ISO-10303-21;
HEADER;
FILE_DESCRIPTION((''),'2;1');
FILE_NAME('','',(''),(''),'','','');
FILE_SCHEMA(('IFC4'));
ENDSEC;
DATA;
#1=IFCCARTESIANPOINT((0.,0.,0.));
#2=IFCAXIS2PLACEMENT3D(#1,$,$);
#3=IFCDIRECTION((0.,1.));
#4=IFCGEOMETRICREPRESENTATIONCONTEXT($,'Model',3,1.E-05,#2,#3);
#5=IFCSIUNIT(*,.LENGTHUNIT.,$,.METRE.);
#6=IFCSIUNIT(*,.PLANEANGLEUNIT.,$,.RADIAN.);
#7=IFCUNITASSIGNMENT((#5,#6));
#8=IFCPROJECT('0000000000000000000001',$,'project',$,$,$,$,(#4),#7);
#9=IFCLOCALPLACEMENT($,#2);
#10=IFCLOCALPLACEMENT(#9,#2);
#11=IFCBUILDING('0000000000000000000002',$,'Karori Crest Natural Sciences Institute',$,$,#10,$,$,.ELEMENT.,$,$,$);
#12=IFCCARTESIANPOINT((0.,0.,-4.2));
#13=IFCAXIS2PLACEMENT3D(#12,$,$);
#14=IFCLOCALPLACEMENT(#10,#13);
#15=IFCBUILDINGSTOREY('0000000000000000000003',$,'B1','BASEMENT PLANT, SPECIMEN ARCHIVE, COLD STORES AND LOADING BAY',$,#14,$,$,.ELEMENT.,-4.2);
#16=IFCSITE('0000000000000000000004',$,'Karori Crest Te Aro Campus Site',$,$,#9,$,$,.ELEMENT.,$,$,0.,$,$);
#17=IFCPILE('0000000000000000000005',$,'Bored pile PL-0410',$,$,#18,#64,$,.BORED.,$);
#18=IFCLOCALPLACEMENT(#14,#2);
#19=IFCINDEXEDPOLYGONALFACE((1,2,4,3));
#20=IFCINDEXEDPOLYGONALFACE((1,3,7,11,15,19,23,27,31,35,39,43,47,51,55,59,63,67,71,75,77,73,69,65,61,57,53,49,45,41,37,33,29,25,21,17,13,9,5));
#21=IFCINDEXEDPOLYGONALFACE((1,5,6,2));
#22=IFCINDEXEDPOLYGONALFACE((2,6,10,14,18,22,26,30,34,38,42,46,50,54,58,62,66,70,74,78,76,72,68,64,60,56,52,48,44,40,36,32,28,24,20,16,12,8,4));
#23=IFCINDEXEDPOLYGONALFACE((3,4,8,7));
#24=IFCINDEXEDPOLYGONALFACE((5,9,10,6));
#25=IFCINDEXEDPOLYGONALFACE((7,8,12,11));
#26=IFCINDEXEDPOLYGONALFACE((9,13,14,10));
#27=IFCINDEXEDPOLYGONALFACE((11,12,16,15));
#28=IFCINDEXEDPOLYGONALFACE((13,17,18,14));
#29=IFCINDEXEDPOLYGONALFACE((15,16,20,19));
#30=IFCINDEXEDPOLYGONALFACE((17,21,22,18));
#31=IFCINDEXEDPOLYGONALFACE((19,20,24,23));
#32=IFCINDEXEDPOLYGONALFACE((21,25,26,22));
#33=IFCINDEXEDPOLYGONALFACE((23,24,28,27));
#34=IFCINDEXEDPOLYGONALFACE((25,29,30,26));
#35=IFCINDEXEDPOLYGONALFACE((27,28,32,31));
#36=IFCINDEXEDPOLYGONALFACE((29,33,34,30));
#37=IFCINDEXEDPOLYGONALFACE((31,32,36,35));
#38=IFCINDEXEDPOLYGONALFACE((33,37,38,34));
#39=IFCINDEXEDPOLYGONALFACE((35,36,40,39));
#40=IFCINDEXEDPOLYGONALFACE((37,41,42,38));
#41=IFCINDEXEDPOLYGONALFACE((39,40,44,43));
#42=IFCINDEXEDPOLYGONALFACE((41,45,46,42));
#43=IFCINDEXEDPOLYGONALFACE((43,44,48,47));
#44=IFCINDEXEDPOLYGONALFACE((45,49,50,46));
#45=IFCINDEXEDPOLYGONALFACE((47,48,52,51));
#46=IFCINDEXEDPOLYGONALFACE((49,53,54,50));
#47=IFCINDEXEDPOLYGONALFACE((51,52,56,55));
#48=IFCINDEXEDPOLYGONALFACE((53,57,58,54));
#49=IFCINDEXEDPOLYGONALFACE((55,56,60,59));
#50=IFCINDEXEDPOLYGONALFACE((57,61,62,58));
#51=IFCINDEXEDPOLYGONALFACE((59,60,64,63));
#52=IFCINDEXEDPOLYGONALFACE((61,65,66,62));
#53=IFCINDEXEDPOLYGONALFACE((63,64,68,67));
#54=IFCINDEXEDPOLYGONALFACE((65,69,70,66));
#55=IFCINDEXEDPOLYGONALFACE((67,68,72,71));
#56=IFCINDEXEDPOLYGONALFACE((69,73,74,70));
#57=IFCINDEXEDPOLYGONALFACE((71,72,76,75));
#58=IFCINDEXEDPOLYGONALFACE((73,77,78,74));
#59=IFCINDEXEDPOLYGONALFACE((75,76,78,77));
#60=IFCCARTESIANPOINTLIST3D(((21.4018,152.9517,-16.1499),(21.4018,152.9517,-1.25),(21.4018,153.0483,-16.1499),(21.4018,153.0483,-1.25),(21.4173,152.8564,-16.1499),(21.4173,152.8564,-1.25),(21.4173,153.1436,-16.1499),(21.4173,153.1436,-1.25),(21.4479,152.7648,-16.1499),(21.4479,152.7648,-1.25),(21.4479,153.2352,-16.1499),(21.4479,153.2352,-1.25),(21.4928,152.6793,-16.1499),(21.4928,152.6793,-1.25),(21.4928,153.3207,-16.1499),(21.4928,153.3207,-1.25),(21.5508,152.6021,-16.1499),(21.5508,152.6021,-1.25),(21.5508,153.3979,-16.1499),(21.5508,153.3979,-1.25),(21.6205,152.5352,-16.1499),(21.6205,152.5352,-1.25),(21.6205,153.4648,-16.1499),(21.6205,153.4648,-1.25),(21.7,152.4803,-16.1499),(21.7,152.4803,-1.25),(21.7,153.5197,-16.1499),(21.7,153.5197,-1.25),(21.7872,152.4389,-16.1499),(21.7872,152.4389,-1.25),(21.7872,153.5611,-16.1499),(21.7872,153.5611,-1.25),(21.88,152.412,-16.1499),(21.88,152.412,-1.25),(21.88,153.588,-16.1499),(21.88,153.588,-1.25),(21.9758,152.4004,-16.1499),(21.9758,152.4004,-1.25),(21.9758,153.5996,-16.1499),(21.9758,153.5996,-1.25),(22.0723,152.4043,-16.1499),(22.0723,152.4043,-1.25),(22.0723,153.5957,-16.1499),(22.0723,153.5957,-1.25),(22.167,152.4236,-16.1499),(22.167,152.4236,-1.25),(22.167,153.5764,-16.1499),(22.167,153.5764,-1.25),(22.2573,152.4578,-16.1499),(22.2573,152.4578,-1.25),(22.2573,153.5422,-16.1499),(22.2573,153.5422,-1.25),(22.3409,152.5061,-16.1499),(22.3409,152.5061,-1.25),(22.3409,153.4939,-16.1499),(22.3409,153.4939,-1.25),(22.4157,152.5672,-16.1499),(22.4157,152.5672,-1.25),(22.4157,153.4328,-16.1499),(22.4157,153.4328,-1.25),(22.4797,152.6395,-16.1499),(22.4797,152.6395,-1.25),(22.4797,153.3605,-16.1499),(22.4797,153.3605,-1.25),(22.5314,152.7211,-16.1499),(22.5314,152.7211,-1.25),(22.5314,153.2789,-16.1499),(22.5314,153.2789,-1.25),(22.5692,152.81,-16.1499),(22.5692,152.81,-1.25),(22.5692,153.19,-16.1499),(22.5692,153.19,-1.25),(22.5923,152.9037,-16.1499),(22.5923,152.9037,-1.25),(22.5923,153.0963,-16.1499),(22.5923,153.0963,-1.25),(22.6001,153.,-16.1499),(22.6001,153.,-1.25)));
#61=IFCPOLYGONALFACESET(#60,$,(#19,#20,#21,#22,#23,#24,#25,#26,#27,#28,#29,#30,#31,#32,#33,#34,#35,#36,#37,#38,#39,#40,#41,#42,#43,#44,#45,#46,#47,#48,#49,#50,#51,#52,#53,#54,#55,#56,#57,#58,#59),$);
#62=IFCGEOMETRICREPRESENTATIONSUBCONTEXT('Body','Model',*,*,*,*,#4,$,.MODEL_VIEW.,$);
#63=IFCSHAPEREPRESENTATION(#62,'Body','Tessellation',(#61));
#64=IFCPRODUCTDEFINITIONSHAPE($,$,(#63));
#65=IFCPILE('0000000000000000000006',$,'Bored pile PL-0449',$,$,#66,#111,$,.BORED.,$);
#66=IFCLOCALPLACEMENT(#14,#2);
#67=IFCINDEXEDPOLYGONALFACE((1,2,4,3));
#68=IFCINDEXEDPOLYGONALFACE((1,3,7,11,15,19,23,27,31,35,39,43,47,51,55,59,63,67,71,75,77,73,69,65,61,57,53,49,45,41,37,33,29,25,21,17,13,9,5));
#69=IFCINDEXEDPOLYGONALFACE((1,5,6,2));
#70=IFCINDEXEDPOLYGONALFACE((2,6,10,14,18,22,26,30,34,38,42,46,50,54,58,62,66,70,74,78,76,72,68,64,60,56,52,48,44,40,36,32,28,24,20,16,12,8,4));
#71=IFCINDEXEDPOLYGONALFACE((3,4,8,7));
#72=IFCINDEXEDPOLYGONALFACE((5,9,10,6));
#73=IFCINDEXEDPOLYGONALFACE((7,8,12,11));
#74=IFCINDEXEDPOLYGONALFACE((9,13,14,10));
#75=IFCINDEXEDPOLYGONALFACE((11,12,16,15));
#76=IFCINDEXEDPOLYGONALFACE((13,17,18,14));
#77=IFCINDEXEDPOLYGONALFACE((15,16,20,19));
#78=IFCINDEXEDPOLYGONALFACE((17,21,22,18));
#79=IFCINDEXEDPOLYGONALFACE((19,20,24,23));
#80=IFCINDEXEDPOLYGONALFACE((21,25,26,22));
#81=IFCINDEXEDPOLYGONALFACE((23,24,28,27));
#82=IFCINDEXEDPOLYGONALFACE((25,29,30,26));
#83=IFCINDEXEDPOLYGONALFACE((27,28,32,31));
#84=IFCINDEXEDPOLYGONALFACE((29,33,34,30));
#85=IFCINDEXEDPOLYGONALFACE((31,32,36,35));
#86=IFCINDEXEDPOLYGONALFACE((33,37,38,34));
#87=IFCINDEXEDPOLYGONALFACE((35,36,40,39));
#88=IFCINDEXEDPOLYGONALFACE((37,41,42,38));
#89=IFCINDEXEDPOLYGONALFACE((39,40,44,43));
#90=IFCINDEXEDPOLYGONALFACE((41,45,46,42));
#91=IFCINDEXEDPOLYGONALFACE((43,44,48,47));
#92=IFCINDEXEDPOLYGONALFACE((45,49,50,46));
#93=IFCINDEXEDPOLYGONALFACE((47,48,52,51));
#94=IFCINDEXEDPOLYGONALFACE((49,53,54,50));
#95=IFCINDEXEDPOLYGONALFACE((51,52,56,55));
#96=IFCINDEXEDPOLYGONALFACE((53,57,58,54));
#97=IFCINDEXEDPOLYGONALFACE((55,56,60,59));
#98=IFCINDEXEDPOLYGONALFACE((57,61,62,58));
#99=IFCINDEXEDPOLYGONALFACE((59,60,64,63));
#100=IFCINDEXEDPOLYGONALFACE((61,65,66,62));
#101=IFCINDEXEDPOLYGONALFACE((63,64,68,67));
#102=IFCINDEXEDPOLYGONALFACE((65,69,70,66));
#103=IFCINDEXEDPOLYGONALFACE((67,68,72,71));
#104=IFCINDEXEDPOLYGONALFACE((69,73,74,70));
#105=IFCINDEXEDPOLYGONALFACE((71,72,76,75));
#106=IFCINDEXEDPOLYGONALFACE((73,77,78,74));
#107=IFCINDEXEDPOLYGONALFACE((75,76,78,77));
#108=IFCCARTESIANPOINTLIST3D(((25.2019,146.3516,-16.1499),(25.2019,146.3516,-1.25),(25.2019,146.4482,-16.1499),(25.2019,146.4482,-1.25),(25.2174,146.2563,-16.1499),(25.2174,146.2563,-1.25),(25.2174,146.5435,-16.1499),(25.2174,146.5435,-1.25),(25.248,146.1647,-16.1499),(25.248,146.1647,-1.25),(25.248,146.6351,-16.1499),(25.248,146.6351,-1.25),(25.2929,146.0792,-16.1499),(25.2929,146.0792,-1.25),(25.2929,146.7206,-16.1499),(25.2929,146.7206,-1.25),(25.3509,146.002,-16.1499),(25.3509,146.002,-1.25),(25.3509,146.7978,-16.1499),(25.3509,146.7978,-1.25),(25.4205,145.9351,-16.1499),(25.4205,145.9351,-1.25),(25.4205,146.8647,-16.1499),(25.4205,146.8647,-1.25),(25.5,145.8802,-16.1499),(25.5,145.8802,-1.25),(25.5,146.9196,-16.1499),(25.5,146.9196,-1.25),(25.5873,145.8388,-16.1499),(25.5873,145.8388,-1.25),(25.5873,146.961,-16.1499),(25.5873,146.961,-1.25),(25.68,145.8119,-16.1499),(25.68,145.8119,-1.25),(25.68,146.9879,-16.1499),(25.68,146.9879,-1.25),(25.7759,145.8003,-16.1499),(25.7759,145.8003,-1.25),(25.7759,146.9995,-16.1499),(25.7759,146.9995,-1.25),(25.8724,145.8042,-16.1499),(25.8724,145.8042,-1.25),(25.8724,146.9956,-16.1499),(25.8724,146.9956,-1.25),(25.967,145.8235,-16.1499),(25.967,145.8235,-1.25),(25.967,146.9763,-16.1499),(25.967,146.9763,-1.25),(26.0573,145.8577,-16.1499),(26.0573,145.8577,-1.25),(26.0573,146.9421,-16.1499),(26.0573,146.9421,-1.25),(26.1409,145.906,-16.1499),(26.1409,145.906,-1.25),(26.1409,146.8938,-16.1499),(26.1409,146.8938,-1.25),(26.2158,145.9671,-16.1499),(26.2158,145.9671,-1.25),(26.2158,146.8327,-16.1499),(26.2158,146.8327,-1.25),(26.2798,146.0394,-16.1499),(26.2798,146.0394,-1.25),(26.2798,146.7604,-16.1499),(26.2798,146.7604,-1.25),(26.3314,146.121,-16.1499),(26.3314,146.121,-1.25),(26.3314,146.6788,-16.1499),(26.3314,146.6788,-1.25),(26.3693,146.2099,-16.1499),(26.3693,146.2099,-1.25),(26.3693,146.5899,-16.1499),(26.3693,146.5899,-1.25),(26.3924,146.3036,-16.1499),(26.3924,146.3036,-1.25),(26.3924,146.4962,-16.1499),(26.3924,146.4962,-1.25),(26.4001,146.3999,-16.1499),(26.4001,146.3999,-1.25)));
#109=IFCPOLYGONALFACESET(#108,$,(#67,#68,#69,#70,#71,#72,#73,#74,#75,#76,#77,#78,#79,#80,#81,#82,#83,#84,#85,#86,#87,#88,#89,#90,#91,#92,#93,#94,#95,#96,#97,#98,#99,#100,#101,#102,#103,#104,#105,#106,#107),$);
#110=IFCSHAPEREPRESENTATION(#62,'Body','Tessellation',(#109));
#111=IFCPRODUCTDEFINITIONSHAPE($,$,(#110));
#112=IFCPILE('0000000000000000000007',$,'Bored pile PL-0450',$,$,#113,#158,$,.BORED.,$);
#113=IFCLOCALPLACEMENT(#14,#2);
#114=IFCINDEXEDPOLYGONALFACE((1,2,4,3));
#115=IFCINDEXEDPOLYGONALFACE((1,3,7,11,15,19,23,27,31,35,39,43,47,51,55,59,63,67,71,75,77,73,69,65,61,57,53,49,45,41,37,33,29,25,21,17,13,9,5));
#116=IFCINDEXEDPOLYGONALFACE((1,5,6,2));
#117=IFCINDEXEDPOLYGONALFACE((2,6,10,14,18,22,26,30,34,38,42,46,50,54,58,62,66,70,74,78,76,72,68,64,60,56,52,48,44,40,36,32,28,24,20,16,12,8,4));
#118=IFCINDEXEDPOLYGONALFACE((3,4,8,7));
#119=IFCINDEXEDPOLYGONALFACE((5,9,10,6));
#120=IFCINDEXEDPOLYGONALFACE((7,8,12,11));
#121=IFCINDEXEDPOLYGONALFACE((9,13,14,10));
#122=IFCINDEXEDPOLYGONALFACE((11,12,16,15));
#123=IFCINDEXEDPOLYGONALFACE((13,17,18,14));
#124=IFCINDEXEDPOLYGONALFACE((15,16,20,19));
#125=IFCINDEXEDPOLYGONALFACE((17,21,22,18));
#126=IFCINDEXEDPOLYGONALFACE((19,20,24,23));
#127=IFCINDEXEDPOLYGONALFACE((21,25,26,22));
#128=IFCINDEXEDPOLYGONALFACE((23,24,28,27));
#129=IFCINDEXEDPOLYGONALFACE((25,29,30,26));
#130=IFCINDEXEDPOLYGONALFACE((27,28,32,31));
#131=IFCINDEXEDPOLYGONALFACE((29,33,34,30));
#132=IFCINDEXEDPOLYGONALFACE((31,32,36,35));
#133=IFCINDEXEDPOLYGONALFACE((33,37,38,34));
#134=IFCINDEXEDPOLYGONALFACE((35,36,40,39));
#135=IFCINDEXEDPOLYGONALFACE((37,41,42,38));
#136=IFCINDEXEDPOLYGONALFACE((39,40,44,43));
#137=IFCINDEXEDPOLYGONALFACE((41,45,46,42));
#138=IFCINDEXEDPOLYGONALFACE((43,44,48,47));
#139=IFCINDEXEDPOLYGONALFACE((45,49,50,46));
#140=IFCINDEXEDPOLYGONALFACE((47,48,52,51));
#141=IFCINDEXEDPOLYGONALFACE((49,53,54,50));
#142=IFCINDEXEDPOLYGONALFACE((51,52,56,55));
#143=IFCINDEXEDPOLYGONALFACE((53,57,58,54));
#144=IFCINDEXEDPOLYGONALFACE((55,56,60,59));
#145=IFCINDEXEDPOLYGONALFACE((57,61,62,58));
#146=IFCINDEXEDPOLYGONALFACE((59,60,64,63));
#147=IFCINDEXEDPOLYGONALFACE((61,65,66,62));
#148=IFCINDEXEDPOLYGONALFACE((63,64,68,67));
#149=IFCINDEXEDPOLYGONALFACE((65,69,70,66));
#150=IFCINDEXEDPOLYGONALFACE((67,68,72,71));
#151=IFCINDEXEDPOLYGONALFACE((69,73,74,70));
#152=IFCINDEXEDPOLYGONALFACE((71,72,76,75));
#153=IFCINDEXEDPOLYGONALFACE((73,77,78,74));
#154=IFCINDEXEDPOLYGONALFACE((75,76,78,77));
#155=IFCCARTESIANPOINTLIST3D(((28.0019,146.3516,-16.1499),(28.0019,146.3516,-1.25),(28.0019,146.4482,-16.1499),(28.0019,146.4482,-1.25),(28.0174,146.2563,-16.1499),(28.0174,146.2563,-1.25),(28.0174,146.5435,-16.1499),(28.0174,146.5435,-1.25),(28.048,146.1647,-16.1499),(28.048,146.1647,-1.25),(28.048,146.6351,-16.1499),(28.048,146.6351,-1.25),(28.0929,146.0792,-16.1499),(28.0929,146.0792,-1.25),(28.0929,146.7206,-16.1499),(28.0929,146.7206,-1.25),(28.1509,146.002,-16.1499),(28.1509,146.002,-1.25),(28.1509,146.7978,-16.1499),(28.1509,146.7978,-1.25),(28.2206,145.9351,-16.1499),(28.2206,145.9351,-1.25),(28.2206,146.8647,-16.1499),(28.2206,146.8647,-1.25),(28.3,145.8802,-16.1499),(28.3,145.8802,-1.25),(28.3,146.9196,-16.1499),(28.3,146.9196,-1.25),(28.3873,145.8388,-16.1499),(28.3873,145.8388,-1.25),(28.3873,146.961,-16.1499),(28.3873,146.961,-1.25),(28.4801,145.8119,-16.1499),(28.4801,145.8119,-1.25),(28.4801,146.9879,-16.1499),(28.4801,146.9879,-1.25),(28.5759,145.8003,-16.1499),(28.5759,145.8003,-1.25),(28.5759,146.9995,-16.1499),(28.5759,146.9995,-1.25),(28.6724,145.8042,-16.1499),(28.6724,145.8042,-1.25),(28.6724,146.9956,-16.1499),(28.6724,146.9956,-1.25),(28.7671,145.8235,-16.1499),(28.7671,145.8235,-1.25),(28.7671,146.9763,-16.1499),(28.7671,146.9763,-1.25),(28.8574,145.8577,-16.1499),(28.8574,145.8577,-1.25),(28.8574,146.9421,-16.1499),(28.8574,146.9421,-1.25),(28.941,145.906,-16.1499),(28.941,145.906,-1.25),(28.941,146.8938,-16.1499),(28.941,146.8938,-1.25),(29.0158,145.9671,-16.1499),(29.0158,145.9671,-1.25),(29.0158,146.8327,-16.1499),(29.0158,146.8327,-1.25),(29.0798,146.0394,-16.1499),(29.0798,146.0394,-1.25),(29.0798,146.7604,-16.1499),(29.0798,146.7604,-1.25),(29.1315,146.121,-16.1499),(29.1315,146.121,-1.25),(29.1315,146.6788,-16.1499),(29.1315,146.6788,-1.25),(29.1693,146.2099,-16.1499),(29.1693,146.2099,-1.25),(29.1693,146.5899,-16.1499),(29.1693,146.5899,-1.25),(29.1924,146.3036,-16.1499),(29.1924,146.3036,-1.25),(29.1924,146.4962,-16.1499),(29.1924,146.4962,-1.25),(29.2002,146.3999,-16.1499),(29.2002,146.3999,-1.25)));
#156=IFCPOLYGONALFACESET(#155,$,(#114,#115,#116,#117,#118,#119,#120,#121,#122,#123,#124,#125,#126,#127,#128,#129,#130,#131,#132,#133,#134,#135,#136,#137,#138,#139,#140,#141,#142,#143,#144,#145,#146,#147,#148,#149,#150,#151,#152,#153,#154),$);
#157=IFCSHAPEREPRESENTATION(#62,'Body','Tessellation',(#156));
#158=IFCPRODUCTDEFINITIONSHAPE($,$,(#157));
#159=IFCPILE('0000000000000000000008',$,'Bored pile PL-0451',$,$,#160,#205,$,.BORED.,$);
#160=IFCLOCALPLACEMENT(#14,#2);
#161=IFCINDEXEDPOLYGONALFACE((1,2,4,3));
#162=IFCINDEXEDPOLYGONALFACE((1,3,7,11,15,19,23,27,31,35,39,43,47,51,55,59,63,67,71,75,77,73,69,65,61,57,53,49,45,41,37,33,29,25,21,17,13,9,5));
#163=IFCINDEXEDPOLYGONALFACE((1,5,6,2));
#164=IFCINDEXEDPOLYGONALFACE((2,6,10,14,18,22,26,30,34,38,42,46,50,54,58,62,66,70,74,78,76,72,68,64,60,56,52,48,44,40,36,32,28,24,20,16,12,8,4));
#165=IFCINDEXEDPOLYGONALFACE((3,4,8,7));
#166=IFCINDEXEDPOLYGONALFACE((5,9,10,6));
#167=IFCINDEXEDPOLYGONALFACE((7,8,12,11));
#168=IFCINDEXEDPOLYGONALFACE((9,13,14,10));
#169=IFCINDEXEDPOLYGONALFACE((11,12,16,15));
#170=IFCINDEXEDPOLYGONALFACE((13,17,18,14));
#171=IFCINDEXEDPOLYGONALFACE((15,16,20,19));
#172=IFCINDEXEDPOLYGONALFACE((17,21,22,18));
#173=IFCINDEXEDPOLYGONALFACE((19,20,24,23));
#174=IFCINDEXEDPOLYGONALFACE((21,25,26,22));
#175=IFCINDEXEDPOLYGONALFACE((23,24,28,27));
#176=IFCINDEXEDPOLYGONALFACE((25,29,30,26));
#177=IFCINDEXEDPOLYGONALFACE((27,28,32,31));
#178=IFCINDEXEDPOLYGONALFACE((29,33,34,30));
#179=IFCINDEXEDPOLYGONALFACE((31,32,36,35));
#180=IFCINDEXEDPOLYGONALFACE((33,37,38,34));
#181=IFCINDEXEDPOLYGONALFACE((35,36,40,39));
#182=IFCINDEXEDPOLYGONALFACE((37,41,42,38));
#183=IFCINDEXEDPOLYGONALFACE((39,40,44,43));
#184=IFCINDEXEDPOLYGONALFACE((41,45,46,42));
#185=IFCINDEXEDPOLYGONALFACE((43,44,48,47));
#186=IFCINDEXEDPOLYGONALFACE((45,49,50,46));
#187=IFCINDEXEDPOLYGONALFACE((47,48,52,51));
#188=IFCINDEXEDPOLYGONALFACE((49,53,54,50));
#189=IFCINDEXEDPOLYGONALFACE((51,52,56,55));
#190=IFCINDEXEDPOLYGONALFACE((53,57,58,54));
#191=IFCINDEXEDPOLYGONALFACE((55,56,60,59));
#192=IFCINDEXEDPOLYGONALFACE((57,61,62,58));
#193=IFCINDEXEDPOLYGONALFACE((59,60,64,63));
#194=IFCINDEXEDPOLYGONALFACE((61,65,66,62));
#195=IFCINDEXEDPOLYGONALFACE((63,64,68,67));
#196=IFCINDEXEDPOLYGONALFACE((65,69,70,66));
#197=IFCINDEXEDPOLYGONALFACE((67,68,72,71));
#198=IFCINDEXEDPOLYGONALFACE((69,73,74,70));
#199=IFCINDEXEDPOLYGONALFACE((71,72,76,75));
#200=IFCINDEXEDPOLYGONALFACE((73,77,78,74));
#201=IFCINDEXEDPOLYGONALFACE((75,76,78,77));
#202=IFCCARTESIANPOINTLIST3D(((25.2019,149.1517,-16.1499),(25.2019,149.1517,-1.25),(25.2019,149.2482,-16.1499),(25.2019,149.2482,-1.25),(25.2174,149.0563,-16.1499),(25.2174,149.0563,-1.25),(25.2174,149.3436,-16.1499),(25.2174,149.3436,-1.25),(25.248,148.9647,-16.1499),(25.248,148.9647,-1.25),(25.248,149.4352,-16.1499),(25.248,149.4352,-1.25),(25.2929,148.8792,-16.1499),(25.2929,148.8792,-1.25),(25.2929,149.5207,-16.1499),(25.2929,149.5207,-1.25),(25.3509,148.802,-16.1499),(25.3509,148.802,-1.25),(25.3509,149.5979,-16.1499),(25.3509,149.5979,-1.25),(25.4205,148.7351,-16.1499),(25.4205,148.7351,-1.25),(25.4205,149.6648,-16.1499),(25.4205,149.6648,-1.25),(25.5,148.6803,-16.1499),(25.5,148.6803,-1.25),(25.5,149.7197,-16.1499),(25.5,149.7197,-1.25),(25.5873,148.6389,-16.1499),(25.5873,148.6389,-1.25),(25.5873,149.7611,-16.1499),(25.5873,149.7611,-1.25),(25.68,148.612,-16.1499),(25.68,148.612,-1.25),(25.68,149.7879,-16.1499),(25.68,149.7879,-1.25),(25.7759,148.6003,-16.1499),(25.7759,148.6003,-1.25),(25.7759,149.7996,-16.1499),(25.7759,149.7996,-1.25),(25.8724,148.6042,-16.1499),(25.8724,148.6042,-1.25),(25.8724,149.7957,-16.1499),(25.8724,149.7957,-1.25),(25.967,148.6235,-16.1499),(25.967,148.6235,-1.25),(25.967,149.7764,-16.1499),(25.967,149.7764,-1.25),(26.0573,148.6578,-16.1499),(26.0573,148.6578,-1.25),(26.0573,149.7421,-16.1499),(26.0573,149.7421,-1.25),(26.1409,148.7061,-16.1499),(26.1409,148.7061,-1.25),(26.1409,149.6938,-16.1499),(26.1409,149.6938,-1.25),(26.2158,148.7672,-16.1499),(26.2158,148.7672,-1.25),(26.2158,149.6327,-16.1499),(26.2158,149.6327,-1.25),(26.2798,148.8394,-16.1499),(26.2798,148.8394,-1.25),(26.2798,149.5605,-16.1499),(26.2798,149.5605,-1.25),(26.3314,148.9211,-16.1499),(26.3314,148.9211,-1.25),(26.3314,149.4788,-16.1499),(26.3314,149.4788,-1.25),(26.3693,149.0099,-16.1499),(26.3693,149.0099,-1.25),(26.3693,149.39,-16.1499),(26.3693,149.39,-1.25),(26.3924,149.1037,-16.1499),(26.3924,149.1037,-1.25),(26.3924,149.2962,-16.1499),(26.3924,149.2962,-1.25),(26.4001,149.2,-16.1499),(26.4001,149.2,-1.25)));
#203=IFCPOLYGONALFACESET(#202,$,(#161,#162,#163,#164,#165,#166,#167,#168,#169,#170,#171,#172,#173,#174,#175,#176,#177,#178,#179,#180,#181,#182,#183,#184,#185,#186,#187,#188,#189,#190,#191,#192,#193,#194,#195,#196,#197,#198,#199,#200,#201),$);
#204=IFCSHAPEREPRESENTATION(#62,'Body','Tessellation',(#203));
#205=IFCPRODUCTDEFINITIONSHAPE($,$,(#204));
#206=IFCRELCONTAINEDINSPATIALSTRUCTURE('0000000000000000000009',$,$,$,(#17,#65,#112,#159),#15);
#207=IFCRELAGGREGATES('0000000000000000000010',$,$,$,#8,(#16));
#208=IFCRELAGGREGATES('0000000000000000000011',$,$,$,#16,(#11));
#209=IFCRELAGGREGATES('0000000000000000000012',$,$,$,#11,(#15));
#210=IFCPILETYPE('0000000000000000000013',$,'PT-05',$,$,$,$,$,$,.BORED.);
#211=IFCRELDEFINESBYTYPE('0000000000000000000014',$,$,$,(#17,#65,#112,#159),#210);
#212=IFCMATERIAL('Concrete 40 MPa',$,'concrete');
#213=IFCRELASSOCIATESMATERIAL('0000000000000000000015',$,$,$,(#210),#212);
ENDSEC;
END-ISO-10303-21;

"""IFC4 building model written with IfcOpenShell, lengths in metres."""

from ifc_helpers import new_model, si_unit, direction, frame, origin, origin_2d, place, context, subcontext, project, spatial, circle, extrude, material, material_profile, profile_set, type_object, element, save


model = new_model("IFC4")

# Units and contexts
model_context = context("Model", 3, precision=1e-05, world=origin(), true_north=direction((0.0, 1.0)))
body_context = subcontext(model_context, "Body", "Model", "MODEL_VIEW")
ifc_project = project(units=[si_unit("LENGTHUNIT", "METRE"), si_unit("PLANEANGLEUNIT", "RADIAN")], contexts=[model_context])

# Site, building, storey
site_placement = place(None, origin())
site = spatial("IfcSite", under=ifc_project, at=site_placement, Name="Karori Crest Te Aro Campus Site", CompositionType="ELEMENT", RefElevation=0.0)
building_placement = place(site_placement, origin())
building = spatial("IfcBuilding", under=site, at=building_placement, Name="Karori Crest Natural Sciences Institute", CompositionType="ELEMENT")
storey_placement = place(building_placement, frame((0.0, 0.0, -4.2)))
storey = spatial("IfcBuildingStorey", under=building, at=storey_placement, Name="B1", Description="BASEMENT PLANT, SPECIMEN ARCHIVE, COLD STORES AND LOADING BAY", CompositionType="ELEMENT", Elevation=-4.2)

# Shared definitions
ifc_material_1 = material(Name="Concrete 40 MPa", Category="concrete")

# Piles
ifc_material_profile_1 = material_profile(ifc_material_1, circle(Radius=0.6001, at=origin_2d()), Name="PILE1200")
ifc_profile_set_1 = profile_set([ifc_material_profile_1], Name="Concrete 40 MPa")
pile_type = type_object("IfcPileType", Name="PT-05", PredefinedType="BORED", material=ifc_profile_set_1)
for number, where, z_axis, x_axis, name in (
    (1, (22.0, 153.0, -1.25), (0.0, 0.0, -1.0), (1.0, 0.0, 0.0), "Bored pile PL-0410"),
    (2, (25.8, 146.3999, -1.25), (0.0, 0.0, -1.0), (1.0, 0.0, 0.0), "Bored pile PL-0449"),
    (3, (28.6001, 146.3999, -1.25), (0.0, 0.0, -1.0), (1.0, 0.0, 0.0), "Bored pile PL-0450"),
    (4, (25.8, 149.2, -1.25), (0.0, 0.0, -1.0), (1.0, 0.0, 0.0), "Bored pile PL-0451"),
):
    element("IfcPile", number, at=place(storey_placement, frame(where, z_axis=z_axis, x_axis=x_axis)), inside=storey, type_object=pile_type, Name=name, PredefinedType="BORED", context=body_context, shape_type="SweptSolid", body=[
        extrude(circle(Radius=0.6001, at=origin_2d()), origin(), (0.0, 0.0, 1.0), 14.8999),
    ])

save(model, "model.ifc")
